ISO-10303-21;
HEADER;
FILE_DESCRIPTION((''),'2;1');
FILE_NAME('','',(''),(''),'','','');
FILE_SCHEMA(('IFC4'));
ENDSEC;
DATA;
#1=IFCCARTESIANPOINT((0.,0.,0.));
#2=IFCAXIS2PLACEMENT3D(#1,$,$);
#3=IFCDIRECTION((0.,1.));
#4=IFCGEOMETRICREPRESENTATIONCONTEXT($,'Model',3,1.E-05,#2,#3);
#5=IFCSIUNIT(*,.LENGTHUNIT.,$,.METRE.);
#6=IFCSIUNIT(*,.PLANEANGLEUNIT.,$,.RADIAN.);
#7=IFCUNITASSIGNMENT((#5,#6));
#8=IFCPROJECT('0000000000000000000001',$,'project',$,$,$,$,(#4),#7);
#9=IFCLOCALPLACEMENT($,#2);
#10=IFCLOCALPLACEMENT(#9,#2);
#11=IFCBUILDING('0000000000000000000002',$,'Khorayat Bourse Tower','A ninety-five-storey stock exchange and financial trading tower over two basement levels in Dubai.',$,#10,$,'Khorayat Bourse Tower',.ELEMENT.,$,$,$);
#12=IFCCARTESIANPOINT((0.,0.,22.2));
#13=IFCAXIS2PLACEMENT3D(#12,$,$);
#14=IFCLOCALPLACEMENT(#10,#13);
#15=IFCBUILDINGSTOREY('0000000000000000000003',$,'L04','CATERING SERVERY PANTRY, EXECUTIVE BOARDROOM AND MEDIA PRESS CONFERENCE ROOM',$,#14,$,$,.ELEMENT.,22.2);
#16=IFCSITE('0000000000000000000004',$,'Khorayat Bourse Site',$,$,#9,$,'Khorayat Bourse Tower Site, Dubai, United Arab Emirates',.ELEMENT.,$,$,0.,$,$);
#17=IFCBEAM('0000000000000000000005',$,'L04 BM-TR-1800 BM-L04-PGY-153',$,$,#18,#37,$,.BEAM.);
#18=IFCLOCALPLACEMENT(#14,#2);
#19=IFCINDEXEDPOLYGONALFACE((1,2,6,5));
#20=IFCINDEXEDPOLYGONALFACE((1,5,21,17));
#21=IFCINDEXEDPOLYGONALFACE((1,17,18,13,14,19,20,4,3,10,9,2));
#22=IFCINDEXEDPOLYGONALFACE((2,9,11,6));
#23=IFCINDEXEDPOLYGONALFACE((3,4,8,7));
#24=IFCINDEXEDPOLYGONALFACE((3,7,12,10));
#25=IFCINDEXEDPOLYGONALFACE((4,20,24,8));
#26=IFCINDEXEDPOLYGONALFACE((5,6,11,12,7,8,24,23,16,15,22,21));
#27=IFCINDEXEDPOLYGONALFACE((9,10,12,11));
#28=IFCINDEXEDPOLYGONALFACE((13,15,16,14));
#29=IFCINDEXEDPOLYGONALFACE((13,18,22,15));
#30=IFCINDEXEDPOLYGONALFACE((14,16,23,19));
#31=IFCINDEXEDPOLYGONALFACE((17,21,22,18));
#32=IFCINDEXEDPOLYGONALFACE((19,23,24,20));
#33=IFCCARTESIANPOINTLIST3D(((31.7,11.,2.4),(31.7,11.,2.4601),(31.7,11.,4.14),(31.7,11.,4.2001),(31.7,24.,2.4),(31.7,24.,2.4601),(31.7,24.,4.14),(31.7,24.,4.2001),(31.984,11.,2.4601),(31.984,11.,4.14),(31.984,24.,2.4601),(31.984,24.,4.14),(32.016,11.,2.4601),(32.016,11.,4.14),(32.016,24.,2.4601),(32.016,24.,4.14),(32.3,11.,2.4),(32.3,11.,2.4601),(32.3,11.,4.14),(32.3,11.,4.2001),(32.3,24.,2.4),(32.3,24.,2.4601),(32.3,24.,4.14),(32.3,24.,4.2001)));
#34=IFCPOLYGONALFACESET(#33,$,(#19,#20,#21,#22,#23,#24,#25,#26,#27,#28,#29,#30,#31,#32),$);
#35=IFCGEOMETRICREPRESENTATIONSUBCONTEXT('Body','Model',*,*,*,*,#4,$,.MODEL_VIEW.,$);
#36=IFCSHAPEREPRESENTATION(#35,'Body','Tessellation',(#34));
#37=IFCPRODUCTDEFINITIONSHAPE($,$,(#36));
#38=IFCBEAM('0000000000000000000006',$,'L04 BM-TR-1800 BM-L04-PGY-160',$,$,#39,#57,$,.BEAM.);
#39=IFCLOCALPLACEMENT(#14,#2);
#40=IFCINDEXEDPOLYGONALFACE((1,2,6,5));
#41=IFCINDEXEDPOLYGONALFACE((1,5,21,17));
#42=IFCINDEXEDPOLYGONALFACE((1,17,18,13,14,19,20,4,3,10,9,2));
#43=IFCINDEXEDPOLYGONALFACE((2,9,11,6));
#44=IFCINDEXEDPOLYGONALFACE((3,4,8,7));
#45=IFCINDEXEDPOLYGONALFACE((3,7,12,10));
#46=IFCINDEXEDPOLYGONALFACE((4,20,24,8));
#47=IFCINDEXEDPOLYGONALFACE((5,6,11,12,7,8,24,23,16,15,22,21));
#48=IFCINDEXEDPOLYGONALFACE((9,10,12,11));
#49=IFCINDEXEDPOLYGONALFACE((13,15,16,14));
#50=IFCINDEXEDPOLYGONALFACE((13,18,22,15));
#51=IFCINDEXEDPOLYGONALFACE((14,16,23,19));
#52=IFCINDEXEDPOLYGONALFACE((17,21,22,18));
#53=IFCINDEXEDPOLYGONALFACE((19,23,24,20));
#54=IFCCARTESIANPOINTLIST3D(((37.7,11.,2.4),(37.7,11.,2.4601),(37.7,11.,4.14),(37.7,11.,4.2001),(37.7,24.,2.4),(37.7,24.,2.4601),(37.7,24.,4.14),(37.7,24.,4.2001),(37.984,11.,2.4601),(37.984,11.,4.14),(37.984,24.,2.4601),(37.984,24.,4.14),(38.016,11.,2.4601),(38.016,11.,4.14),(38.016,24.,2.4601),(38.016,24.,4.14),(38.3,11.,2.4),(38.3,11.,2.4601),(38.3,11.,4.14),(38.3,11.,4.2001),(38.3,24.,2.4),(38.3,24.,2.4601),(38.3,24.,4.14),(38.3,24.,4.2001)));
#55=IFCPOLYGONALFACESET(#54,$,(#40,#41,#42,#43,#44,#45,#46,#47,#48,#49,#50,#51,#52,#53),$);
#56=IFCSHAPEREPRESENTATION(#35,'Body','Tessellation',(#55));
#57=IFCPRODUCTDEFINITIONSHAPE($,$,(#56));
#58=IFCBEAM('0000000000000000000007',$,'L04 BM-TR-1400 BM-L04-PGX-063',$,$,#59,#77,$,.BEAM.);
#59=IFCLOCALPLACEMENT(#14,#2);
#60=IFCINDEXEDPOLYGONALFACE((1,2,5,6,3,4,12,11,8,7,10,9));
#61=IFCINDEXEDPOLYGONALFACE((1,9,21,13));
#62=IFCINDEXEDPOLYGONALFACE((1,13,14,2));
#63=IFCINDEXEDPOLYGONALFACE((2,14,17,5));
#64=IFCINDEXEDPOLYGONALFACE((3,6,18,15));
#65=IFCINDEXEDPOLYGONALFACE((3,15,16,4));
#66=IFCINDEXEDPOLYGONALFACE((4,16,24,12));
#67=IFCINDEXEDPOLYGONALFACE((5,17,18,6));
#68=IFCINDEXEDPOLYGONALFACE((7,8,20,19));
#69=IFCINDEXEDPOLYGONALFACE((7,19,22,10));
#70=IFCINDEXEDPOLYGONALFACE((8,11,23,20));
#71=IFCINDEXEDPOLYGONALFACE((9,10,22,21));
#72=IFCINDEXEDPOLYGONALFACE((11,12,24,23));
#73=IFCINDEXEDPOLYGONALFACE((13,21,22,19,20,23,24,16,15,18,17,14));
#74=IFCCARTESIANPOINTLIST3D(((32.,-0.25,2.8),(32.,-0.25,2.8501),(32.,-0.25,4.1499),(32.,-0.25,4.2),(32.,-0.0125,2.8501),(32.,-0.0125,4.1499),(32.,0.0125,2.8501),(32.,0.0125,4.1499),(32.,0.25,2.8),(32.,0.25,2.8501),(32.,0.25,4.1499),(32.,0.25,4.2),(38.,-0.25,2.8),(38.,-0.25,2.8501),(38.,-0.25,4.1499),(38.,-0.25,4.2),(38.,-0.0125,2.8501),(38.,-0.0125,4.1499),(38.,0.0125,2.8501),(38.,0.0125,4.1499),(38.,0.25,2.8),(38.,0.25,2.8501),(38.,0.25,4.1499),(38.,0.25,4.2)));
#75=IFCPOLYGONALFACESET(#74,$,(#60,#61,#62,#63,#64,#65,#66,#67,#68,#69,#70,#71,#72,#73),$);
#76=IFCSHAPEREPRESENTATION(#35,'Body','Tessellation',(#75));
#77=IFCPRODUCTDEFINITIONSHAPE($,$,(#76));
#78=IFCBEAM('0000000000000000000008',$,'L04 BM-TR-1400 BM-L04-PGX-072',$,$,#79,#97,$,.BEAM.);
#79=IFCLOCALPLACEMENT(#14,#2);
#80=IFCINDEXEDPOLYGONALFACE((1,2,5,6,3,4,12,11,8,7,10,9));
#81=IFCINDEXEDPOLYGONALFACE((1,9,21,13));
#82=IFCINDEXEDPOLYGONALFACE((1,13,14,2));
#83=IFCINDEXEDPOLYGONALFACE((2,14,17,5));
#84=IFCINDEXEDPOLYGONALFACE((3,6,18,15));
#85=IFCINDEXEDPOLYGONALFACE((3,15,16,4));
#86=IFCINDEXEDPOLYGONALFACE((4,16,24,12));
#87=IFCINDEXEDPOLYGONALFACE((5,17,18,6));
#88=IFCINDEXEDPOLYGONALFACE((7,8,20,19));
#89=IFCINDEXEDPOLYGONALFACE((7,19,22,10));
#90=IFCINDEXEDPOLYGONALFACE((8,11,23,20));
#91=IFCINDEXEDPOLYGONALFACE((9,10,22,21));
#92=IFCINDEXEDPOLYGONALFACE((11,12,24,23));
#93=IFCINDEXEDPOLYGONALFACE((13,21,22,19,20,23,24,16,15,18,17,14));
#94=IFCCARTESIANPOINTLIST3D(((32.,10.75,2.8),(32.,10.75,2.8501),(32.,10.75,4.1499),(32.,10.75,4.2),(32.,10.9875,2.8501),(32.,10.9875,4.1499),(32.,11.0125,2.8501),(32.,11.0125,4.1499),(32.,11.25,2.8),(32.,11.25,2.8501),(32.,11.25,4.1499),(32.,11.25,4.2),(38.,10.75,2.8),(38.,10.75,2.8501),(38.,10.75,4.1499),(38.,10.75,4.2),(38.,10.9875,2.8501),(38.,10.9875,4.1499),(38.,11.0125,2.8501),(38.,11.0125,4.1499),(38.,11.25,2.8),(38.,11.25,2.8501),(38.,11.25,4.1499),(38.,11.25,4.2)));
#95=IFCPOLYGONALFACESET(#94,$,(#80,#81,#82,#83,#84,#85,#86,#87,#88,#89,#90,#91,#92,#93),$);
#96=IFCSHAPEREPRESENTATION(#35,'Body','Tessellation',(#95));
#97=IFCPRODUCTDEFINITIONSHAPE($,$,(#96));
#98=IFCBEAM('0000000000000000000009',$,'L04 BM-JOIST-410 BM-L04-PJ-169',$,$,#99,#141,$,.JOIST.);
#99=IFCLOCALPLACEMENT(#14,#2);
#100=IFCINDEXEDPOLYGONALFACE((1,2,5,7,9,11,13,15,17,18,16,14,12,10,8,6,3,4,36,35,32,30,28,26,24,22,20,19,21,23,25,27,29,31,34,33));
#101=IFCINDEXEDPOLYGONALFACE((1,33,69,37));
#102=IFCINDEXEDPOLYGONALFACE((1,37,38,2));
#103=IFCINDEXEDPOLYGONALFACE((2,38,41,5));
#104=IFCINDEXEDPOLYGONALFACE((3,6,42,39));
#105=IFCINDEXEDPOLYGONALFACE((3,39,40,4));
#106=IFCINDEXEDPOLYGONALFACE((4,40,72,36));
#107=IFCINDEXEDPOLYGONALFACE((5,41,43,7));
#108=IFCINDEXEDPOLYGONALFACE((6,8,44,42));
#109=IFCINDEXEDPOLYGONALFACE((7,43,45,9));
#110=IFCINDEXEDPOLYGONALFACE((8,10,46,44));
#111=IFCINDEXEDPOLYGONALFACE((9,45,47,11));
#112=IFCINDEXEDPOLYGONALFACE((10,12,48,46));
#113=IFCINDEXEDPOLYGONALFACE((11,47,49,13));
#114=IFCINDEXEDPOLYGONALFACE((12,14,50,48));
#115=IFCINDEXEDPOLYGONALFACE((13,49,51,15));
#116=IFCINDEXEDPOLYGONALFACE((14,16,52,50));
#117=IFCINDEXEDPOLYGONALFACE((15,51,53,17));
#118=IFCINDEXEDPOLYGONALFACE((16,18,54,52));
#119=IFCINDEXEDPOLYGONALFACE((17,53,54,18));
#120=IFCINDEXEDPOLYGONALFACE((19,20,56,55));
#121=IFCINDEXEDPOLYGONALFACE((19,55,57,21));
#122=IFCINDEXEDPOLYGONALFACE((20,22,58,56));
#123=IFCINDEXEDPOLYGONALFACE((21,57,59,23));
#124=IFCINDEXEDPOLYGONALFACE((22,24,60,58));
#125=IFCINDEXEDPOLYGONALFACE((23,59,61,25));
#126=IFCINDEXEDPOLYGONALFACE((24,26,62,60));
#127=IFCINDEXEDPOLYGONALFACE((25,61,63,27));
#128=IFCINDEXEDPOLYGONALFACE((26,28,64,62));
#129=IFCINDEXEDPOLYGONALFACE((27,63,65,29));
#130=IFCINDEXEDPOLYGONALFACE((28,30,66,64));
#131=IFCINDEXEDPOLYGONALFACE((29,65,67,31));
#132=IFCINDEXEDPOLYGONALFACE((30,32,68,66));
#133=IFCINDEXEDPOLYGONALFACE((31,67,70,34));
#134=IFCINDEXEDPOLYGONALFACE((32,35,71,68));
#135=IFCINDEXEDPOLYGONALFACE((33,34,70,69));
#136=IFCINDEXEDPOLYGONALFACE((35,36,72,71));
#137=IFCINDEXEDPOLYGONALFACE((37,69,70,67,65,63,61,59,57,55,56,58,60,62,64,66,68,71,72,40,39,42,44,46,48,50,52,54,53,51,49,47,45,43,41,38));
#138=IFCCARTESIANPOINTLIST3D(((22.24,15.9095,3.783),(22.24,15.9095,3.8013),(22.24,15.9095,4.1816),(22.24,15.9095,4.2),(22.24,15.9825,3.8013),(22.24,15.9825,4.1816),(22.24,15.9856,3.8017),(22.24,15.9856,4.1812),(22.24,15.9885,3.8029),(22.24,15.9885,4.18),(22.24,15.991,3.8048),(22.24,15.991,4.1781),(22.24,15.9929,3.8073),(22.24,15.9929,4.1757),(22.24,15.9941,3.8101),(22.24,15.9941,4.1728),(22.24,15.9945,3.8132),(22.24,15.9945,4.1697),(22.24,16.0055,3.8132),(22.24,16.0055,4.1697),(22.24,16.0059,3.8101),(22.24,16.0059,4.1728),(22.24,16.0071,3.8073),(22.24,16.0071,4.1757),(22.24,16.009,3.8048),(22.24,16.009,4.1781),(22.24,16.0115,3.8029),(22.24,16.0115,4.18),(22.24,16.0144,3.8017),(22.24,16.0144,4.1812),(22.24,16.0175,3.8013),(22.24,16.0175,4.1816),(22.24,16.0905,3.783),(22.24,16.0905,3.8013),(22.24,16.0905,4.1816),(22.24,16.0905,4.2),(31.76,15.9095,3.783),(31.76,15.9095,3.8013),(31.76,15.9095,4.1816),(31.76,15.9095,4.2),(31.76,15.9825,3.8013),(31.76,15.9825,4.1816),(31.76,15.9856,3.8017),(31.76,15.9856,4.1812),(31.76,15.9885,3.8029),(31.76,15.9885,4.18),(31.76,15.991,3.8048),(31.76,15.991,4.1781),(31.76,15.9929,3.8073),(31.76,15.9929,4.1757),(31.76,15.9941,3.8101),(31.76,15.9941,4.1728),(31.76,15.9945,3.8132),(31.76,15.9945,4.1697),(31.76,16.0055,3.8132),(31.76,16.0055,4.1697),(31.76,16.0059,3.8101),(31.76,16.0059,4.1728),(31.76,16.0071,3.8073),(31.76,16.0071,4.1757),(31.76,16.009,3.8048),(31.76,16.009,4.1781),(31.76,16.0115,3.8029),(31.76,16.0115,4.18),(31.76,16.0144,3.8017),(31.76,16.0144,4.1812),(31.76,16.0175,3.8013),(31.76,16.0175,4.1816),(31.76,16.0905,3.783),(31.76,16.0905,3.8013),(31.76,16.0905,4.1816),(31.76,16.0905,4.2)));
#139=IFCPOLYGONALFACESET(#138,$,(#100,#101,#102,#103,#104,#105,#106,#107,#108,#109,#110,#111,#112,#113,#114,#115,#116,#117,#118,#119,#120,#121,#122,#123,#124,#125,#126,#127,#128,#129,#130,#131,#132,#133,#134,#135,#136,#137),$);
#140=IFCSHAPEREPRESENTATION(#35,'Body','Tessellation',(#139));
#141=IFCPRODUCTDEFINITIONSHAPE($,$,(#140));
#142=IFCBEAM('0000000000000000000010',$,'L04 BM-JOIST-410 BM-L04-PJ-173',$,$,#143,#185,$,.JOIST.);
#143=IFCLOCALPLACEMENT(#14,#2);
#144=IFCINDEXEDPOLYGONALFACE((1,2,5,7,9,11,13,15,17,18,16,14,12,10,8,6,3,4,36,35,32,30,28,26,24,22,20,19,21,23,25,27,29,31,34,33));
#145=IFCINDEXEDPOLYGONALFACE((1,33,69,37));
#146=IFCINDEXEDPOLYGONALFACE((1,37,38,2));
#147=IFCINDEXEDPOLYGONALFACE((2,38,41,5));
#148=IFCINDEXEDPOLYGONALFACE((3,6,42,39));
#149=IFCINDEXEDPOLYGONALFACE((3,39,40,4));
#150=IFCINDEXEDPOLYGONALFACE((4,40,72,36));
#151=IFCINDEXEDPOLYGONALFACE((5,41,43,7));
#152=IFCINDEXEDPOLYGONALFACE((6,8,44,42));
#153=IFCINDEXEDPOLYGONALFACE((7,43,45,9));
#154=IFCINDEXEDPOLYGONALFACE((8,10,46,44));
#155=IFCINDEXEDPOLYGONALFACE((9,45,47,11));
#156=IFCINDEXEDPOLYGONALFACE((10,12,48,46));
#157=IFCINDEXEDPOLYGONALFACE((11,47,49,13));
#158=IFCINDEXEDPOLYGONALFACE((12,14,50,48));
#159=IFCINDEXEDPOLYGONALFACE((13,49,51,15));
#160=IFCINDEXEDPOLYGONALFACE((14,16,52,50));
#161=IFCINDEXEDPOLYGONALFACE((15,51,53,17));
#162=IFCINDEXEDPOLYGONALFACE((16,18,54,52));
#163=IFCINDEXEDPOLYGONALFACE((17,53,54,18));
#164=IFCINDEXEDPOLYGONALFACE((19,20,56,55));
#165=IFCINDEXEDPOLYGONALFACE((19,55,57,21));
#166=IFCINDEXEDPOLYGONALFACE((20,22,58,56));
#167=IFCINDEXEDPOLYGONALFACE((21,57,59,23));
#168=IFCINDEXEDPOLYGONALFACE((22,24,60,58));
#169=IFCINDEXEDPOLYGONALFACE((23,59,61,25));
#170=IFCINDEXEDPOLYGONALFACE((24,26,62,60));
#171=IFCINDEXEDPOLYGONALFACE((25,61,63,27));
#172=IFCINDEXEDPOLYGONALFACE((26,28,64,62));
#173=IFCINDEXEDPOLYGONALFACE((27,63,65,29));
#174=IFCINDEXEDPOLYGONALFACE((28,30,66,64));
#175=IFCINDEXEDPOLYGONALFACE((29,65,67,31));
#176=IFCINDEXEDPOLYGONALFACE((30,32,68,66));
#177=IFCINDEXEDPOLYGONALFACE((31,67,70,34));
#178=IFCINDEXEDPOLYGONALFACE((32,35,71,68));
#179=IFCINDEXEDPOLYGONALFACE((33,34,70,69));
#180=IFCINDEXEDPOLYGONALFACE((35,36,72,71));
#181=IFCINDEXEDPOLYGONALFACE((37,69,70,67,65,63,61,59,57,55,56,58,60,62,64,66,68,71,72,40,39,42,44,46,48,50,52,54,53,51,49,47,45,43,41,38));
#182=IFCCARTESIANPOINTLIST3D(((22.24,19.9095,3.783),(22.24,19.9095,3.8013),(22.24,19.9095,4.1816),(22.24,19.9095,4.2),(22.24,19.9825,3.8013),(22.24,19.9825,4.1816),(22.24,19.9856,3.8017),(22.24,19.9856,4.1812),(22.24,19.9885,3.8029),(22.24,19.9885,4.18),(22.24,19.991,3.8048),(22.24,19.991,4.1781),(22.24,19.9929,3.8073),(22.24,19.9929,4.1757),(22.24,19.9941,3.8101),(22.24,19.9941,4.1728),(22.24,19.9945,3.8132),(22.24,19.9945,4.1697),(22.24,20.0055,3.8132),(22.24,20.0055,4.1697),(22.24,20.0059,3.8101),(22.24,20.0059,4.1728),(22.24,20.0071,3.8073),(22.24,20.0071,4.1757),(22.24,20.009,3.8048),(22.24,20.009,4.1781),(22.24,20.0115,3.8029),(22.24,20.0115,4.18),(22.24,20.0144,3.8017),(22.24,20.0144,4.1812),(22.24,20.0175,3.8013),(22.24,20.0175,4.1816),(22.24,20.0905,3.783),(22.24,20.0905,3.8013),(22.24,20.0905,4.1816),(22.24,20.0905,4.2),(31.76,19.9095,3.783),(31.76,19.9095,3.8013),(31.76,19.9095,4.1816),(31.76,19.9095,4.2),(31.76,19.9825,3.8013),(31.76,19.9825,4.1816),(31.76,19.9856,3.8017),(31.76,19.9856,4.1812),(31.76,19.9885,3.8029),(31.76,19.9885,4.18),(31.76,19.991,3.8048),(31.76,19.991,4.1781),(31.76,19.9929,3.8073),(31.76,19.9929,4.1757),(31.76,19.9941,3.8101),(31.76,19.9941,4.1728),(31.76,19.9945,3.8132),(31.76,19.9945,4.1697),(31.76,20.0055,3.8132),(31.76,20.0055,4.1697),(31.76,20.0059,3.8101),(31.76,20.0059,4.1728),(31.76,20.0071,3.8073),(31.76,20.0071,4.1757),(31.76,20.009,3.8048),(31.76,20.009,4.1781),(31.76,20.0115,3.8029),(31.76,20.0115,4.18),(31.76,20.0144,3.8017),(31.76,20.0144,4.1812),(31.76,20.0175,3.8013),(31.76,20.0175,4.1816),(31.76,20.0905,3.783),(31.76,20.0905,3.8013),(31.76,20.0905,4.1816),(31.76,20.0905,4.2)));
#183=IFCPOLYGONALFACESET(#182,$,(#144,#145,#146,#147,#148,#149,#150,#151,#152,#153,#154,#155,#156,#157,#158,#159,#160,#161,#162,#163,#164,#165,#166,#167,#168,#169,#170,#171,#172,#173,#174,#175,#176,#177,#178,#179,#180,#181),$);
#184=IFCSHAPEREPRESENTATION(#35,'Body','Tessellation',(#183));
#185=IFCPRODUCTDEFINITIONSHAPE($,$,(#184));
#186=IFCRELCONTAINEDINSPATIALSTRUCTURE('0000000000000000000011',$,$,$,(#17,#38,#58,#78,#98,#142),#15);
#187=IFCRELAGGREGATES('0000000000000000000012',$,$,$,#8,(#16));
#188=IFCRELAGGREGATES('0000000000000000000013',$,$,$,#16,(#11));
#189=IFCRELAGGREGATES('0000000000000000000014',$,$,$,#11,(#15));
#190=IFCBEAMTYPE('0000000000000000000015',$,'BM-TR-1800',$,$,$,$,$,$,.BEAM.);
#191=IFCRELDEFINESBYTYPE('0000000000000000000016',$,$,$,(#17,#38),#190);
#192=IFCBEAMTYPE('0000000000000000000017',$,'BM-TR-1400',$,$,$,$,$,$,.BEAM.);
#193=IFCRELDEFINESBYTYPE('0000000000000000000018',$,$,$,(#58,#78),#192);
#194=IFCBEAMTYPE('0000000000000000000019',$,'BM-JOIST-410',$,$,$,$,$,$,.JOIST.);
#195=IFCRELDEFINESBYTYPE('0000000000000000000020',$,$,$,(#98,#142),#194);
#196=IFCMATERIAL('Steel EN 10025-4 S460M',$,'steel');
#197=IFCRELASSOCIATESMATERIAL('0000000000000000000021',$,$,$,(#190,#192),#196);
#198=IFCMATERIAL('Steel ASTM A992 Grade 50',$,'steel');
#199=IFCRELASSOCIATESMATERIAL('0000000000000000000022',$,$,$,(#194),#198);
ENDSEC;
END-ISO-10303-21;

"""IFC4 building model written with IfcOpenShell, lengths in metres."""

from ifc_helpers import new_model, si_unit, direction, frame, origin, origin_2d, place, context, subcontext, project, spatial, i_section, extrude, source, transform, mapped, material, material_profile, profile_set, type_object, element, save


model = new_model("IFC4")

# Units and contexts
model_context = context("Model", 3, precision=1e-05, world=origin(), true_north=direction((0.0, 1.0)))
body_context = subcontext(model_context, "Body", "Model", "MODEL_VIEW")
ifc_project = project(units=[si_unit("LENGTHUNIT", "METRE"), si_unit("PLANEANGLEUNIT", "RADIAN")], contexts=[model_context])

# Site, building, storey
site_placement = place(None, origin())
site = spatial("IfcSite", under=ifc_project, at=site_placement, Name="Khorayat Bourse Site", LongName="Khorayat Bourse Tower Site, Dubai, United Arab Emirates", CompositionType="ELEMENT", RefElevation=0.0)
building_placement = place(site_placement, origin())
building = spatial("IfcBuilding", under=site, at=building_placement, Name="Khorayat Bourse Tower", Description="A ninety-five-storey stock exchange and financial trading tower over two basement levels in Dubai.", LongName="Khorayat Bourse Tower", CompositionType="ELEMENT")
storey_placement = place(building_placement, frame((0.0, 0.0, 22.2)))
storey = spatial("IfcBuildingStorey", under=building, at=storey_placement, Name="L04", Description="CATERING SERVERY PANTRY, EXECUTIVE BOARDROOM AND MEDIA PRESS CONFERENCE ROOM", CompositionType="ELEMENT", Elevation=22.2)

# Beams
ifc_material_1 = material(Name="Steel EN 10025-4 S460M", Category="steel")
ifc_material_profile_1 = material_profile(ifc_material_1, i_section(OverallWidth=0.6001, OverallDepth=1.8, WebThickness=0.032, FlangeThickness=0.0601, at=origin_2d()), Name="PG 1800x600x32x60")
ifc_profile_set_1 = profile_set([ifc_material_profile_1], Name="Steel EN 10025-4 S460M")
beam_type_1 = type_object("IfcBeamType", Name="BM-TR-1800", PredefinedType="BEAM", material=ifc_profile_set_1)
shared_shape_1 = source(origin(), body_context, "Body", "SweptSolid", [
    extrude(i_section(OverallWidth=0.6001, OverallDepth=1.8, WebThickness=0.032, FlangeThickness=0.0601, at=origin_2d()), origin(), (0.0, 0.0, 1.0), 13.0),
])
for number, where, z_axis, x_axis, name in (
    (1, (32.0, 11.0, 3.3), (0.0, 1.0, 0.0), (-1.0, 0.0, 0.0), "L04 BM-TR-1800 BM-L04-PGY-153"),
    (2, (38.0, 11.0, 3.3), (0.0, 1.0, 0.0), (-1.0, 0.0, 0.0), "L04 BM-TR-1800 BM-L04-PGY-160"),
):
    element("IfcBeam", number, at=place(storey_placement, frame(where, z_axis=z_axis, x_axis=x_axis)), inside=storey, type_object=beam_type_1, Name=name, PredefinedType="BEAM", context=body_context, shape_type="MappedRepresentation", body=[
        mapped(shared_shape_1, transform((0.0, 0.0, 0.0), scale=1.0)),
    ])
ifc_material_profile_2 = material_profile(ifc_material_1, i_section(OverallWidth=0.5, OverallDepth=1.3999, WebThickness=0.0249, FlangeThickness=0.05, at=origin_2d()), Name="PG 1400x500x25x50")
ifc_profile_set_2 = profile_set([ifc_material_profile_2], Name="Steel EN 10025-4 S460M")
beam_type_2 = type_object("IfcBeamType", Name="BM-TR-1400", PredefinedType="BEAM", material=ifc_profile_set_2)
shared_shape_2 = source(origin(), body_context, "Body", "SweptSolid", [
    extrude(i_section(OverallWidth=0.5, OverallDepth=1.3999, WebThickness=0.0249, FlangeThickness=0.05, at=origin_2d()), origin(), (0.0, 0.0, 1.0), 6.0),
])
for number, where, z_axis, x_axis, name in (
    (3, (32.0, 0.0, 3.5), (1.0, 0.0, 0.0), (0.0, 1.0, 0.0), "L04 BM-TR-1400 BM-L04-PGX-063"),
    (4, (32.0, 11.0, 3.5), (1.0, 0.0, 0.0), (0.0, 1.0, 0.0), "L04 BM-TR-1400 BM-L04-PGX-072"),
):
    element("IfcBeam", number, at=place(storey_placement, frame(where, z_axis=z_axis, x_axis=x_axis)), inside=storey, type_object=beam_type_2, Name=name, PredefinedType="BEAM", context=body_context, shape_type="MappedRepresentation", body=[
        mapped(shared_shape_2, transform((0.0, 0.0, 0.0), scale=1.0)),
    ])
ifc_material_2 = material(Name="Steel ASTM A992 Grade 50", Category="steel")
ifc_material_profile_3 = material_profile(ifc_material_2, i_section(OverallWidth=0.1809, OverallDepth=0.417, WebThickness=0.011, FlangeThickness=0.0183, FilletRadius=0.012, at=origin_2d()), Name="W410X85")
ifc_profile_set_3 = profile_set([ifc_material_profile_3], Name="Steel ASTM A992 Grade 50")
beam_type_3 = type_object("IfcBeamType", Name="BM-JOIST-410", PredefinedType="JOIST", material=ifc_profile_set_3)
shared_shape_3 = source(origin(), body_context, "Body", "SweptSolid", [
    extrude(i_section(OverallWidth=0.1809, OverallDepth=0.417, WebThickness=0.011, FlangeThickness=0.0183, FilletRadius=0.012, at=origin_2d()), origin(), (0.0, 0.0, 1.0), 9.52),
])
for number, where, z_axis, x_axis, name in (
    (5, (22.24, 16.0, 3.9915), (1.0, 0.0, 0.0), (0.0, 1.0, 0.0), "L04 BM-JOIST-410 BM-L04-PJ-169"),
    (6, (22.24, 20.0, 3.9915), (1.0, 0.0, 0.0), (0.0, 1.0, 0.0), "L04 BM-JOIST-410 BM-L04-PJ-173"),
):
    element("IfcBeam", number, at=place(storey_placement, frame(where, z_axis=z_axis, x_axis=x_axis)), inside=storey, type_object=beam_type_3, Name=name, PredefinedType="JOIST", context=body_context, shape_type="MappedRepresentation", body=[
        mapped(shared_shape_3, transform((0.0, 0.0, 0.0), scale=1.0)),
    ])

save(model, "model.ifc")
